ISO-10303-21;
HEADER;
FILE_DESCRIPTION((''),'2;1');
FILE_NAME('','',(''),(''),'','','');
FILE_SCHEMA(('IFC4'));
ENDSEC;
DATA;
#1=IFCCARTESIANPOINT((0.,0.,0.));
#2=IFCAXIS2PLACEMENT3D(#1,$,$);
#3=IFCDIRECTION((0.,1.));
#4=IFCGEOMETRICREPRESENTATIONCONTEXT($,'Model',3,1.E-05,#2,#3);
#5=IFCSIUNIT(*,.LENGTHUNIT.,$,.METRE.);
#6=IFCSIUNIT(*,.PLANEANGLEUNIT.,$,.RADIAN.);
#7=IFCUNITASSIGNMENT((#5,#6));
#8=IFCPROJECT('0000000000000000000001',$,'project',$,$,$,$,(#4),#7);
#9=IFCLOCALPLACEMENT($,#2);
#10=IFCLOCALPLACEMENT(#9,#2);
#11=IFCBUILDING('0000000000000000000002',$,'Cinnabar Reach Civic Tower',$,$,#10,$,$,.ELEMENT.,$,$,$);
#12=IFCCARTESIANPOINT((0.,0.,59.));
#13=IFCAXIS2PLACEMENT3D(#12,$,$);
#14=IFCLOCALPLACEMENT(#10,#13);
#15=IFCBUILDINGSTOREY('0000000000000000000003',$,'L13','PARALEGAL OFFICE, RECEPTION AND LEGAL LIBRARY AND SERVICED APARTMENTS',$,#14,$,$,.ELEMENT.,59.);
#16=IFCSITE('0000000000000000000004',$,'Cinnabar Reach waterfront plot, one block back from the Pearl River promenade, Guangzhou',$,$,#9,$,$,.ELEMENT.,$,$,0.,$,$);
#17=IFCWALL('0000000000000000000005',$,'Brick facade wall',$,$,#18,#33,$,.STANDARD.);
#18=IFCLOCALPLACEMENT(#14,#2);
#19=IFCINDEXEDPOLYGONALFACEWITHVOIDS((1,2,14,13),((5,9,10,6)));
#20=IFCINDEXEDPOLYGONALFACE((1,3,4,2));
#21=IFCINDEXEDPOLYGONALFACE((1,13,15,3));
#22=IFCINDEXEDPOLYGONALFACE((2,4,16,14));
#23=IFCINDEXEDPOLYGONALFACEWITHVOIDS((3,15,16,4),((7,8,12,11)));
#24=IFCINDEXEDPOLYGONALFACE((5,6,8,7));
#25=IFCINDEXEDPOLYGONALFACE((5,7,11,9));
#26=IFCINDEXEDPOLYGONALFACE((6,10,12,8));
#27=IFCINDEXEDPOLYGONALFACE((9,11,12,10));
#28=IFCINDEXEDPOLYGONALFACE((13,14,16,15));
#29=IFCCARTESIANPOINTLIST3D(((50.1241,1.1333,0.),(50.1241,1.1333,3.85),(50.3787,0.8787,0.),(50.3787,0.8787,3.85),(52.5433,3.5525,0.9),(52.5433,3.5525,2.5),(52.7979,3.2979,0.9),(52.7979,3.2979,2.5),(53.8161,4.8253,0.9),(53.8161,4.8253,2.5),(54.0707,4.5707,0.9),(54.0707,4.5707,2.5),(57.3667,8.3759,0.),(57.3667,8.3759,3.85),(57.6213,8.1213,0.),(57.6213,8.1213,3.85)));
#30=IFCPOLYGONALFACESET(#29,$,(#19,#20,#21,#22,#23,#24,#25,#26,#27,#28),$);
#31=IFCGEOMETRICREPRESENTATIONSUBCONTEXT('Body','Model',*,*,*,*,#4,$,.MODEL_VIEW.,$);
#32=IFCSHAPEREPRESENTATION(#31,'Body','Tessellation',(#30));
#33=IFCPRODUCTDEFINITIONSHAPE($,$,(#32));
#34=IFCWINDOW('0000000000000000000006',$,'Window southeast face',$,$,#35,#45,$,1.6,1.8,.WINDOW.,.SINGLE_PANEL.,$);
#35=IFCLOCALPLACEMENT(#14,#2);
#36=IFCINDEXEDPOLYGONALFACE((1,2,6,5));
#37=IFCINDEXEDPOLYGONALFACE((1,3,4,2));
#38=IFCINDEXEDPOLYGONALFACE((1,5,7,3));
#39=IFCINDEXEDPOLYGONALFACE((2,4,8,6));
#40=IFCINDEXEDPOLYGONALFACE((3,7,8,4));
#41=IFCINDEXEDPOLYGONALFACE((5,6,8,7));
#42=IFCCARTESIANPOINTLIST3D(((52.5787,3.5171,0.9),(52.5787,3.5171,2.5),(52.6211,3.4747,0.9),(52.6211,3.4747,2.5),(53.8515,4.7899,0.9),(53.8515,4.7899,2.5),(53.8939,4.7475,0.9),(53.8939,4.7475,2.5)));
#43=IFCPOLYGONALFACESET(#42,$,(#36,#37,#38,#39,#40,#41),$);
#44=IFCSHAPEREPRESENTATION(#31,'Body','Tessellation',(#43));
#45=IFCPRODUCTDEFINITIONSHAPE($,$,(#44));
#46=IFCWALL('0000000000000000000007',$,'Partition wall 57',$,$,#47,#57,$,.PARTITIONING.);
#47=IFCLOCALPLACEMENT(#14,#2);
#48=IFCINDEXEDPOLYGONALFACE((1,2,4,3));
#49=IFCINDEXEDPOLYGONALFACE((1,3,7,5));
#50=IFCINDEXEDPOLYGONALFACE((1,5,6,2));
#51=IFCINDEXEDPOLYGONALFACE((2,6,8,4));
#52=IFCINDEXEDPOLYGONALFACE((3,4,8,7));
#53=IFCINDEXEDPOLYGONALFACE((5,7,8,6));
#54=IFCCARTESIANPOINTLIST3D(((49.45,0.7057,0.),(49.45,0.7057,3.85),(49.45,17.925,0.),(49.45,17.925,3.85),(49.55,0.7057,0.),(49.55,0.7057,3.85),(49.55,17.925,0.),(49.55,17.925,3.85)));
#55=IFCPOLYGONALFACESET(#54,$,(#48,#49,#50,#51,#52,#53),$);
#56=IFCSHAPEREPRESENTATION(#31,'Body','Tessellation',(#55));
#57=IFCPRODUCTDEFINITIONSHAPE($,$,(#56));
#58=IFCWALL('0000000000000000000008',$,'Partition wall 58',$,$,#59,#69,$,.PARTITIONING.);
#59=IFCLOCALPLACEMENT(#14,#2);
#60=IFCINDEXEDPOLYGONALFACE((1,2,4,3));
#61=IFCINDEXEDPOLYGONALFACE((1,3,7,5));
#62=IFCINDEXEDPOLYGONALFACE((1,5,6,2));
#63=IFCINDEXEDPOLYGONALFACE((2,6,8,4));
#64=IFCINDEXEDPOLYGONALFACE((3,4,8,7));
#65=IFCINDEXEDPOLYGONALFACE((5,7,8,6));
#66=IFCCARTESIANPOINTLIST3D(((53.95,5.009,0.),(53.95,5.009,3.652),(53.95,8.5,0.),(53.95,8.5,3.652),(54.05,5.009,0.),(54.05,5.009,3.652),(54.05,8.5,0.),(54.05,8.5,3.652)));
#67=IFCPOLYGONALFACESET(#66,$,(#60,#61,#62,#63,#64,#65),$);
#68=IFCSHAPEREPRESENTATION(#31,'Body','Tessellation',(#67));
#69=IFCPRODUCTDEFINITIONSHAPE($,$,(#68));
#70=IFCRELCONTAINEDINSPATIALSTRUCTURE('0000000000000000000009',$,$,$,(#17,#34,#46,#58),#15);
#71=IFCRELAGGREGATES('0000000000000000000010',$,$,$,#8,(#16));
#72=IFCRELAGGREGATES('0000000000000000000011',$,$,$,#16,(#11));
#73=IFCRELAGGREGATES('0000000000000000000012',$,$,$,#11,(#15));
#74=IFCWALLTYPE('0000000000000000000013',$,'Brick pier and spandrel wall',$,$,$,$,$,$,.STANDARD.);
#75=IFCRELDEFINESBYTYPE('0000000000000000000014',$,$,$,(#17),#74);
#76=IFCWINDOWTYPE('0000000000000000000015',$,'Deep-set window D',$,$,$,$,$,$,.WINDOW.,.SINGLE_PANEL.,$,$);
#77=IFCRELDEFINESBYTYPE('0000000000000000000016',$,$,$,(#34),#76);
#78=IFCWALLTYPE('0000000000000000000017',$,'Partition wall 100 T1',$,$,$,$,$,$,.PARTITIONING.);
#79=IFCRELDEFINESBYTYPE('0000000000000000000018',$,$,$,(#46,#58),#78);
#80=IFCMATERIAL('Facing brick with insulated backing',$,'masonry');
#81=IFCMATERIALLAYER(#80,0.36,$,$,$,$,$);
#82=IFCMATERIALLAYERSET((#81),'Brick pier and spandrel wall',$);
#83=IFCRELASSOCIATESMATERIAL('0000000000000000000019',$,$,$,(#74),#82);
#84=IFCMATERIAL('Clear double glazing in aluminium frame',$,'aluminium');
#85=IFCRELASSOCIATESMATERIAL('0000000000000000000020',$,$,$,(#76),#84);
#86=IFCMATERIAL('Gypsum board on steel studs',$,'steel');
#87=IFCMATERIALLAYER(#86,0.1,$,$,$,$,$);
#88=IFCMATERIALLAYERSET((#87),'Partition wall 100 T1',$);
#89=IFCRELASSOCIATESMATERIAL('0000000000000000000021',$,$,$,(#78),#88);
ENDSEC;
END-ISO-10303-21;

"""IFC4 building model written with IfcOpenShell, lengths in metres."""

from ifc_helpers import new_model, si_unit, direction, frame, frame_2d, origin, place, context, subcontext, project, spatial, rectangle, extrude, material, layer, layer_set, type_object, element, fill, save


model = new_model("IFC4")

# Units and contexts
model_context = context("Model", 3, precision=1e-05, world=origin(), true_north=direction((0.0, 1.0)))
body_context = subcontext(model_context, "Body", "Model", "MODEL_VIEW")
ifc_project = project(units=[si_unit("LENGTHUNIT", "METRE"), si_unit("PLANEANGLEUNIT", "RADIAN")], contexts=[model_context])

# Site, building, storey
site_placement = place(None, origin())
site = spatial("IfcSite", under=ifc_project, at=site_placement, Name="Cinnabar Reach waterfront plot, one block back from the Pearl River promenade, Guangzhou", CompositionType="ELEMENT", RefElevation=0.0)
building_placement = place(site_placement, origin())
building = spatial("IfcBuilding", under=site, at=building_placement, Name="Cinnabar Reach Civic Tower", CompositionType="ELEMENT")
storey_placement = place(building_placement, frame((0.0, 0.0, 59.0)))
storey = spatial("IfcBuildingStorey", under=building, at=storey_placement, Name="L13", Description="PARALEGAL OFFICE, RECEPTION AND LEGAL LIBRARY AND SERVICED APARTMENTS", CompositionType="ELEMENT", Elevation=59.0)

# Shared definitions
ifc_material_1 = material(Name="Facing brick with insulated backing", Category="masonry")

# Wall, opening, window
ifc_layer_1 = layer(ifc_material_1, 0.36)
ifc_layer_set_1 = layer_set([ifc_layer_1], Name="Brick pier and spandrel wall")
wall_type_1 = type_object("IfcWallType", Name="Brick pier and spandrel wall", PredefinedType="STANDARD", material=ifc_layer_set_1)
wall_1_placement = place(storey_placement, frame((50.2514, 1.006, 0.0), z_axis=(0.0, 0.0, 1.0), x_axis=(0.707107, 0.707107, 0.0)))
wall_1 = element("IfcWall", 1, at=wall_1_placement, inside=storey, type_object=wall_type_1, Name="Brick facade wall", PredefinedType="STANDARD", context=body_context, shape_type="SweptSolid", body=[
    extrude(rectangle(XDim=10.2426, YDim=0.36, at=frame_2d((5.1213, 0.0))), origin(), (0.0, 0.0, 1.0), 3.85),
])
opening_placement = place(wall_1_placement, frame((3.4213, 0.0, 0.9)))
opening = element("IfcOpeningElement", 2, at=opening_placement, cuts=wall_1, PredefinedType="OPENING", context=body_context, shape_type="SweptSolid", body=[
    extrude(rectangle(XDim=1.8, YDim=1.6, at=frame_2d((0.9, 0.8))), frame((0.0, 0.19, 0.0), z_axis=(0.0, -1.0, 0.0), x_axis=(1.0, 0.0, 0.0)), (0.0, 0.0, 1.0), 0.38),
])
ifc_material_2 = material(Name="Clear double glazing in aluminium frame", Category="aluminium")
window_type = type_object("IfcWindowType", Name="Deep-set window D", PartitioningType="SINGLE_PANEL", PredefinedType="WINDOW", material=ifc_material_2)
window_placement = place(opening_placement, origin())
window = element("IfcWindow", 3, at=window_placement, inside=storey, type_object=window_type, Name="Window southeast face", OverallHeight=1.6, OverallWidth=1.8, PartitioningType="SINGLE_PANEL", PredefinedType="WINDOW", context=body_context, shape_type="SweptSolid", body=[
    extrude(rectangle(XDim=1.8, YDim=1.6, at=frame_2d((0.9, 0.8))), frame((0.0, 0.13, 0.0), z_axis=(0.0, -1.0, 0.0), x_axis=(1.0, 0.0, 0.0)), (0.0, 0.0, 1.0), 0.06),
])
fill(opening, window)

# Walls
ifc_material_3 = material(Name="Gypsum board on steel studs", Category="steel")
ifc_layer_2 = layer(ifc_material_3, 0.1)
ifc_layer_set_2 = layer_set([ifc_layer_2], Name="Partition wall 100 T1")
wall_type_2 = type_object("IfcWallType", Name="Partition wall 100 T1", PredefinedType="PARTITIONING", material=ifc_layer_set_2)
wall_2_placement = place(storey_placement, frame((49.5, 0.7057, 0.0), z_axis=(0.0, 0.0, 1.0), x_axis=(0.0, 1.0, 0.0)))
element("IfcWall", 4, at=wall_2_placement, inside=storey, type_object=wall_type_2, Name="Partition wall 57", PredefinedType="PARTITIONING", context=body_context, shape_type="SweptSolid", body=[
    extrude(rectangle(XDim=17.2193, YDim=0.1, at=frame_2d((8.6097, 0.0))), origin(), (0.0, 0.0, 1.0), 3.85),
])
wall_3_placement = place(storey_placement, frame((54.0, 5.0091, 0.0), z_axis=(0.0, 0.0, 1.0), x_axis=(0.0, 1.0, 0.0)))
element("IfcWall", 5, at=wall_3_placement, inside=storey, type_object=wall_type_2, Name="Partition wall 58", PredefinedType="PARTITIONING", context=body_context, shape_type="SweptSolid", body=[
    extrude(rectangle(XDim=3.4909, YDim=0.1, at=frame_2d((1.7454, 0.0))), origin(), (0.0, 0.0, 1.0), 3.652),
])

save(model, "model.ifc")
